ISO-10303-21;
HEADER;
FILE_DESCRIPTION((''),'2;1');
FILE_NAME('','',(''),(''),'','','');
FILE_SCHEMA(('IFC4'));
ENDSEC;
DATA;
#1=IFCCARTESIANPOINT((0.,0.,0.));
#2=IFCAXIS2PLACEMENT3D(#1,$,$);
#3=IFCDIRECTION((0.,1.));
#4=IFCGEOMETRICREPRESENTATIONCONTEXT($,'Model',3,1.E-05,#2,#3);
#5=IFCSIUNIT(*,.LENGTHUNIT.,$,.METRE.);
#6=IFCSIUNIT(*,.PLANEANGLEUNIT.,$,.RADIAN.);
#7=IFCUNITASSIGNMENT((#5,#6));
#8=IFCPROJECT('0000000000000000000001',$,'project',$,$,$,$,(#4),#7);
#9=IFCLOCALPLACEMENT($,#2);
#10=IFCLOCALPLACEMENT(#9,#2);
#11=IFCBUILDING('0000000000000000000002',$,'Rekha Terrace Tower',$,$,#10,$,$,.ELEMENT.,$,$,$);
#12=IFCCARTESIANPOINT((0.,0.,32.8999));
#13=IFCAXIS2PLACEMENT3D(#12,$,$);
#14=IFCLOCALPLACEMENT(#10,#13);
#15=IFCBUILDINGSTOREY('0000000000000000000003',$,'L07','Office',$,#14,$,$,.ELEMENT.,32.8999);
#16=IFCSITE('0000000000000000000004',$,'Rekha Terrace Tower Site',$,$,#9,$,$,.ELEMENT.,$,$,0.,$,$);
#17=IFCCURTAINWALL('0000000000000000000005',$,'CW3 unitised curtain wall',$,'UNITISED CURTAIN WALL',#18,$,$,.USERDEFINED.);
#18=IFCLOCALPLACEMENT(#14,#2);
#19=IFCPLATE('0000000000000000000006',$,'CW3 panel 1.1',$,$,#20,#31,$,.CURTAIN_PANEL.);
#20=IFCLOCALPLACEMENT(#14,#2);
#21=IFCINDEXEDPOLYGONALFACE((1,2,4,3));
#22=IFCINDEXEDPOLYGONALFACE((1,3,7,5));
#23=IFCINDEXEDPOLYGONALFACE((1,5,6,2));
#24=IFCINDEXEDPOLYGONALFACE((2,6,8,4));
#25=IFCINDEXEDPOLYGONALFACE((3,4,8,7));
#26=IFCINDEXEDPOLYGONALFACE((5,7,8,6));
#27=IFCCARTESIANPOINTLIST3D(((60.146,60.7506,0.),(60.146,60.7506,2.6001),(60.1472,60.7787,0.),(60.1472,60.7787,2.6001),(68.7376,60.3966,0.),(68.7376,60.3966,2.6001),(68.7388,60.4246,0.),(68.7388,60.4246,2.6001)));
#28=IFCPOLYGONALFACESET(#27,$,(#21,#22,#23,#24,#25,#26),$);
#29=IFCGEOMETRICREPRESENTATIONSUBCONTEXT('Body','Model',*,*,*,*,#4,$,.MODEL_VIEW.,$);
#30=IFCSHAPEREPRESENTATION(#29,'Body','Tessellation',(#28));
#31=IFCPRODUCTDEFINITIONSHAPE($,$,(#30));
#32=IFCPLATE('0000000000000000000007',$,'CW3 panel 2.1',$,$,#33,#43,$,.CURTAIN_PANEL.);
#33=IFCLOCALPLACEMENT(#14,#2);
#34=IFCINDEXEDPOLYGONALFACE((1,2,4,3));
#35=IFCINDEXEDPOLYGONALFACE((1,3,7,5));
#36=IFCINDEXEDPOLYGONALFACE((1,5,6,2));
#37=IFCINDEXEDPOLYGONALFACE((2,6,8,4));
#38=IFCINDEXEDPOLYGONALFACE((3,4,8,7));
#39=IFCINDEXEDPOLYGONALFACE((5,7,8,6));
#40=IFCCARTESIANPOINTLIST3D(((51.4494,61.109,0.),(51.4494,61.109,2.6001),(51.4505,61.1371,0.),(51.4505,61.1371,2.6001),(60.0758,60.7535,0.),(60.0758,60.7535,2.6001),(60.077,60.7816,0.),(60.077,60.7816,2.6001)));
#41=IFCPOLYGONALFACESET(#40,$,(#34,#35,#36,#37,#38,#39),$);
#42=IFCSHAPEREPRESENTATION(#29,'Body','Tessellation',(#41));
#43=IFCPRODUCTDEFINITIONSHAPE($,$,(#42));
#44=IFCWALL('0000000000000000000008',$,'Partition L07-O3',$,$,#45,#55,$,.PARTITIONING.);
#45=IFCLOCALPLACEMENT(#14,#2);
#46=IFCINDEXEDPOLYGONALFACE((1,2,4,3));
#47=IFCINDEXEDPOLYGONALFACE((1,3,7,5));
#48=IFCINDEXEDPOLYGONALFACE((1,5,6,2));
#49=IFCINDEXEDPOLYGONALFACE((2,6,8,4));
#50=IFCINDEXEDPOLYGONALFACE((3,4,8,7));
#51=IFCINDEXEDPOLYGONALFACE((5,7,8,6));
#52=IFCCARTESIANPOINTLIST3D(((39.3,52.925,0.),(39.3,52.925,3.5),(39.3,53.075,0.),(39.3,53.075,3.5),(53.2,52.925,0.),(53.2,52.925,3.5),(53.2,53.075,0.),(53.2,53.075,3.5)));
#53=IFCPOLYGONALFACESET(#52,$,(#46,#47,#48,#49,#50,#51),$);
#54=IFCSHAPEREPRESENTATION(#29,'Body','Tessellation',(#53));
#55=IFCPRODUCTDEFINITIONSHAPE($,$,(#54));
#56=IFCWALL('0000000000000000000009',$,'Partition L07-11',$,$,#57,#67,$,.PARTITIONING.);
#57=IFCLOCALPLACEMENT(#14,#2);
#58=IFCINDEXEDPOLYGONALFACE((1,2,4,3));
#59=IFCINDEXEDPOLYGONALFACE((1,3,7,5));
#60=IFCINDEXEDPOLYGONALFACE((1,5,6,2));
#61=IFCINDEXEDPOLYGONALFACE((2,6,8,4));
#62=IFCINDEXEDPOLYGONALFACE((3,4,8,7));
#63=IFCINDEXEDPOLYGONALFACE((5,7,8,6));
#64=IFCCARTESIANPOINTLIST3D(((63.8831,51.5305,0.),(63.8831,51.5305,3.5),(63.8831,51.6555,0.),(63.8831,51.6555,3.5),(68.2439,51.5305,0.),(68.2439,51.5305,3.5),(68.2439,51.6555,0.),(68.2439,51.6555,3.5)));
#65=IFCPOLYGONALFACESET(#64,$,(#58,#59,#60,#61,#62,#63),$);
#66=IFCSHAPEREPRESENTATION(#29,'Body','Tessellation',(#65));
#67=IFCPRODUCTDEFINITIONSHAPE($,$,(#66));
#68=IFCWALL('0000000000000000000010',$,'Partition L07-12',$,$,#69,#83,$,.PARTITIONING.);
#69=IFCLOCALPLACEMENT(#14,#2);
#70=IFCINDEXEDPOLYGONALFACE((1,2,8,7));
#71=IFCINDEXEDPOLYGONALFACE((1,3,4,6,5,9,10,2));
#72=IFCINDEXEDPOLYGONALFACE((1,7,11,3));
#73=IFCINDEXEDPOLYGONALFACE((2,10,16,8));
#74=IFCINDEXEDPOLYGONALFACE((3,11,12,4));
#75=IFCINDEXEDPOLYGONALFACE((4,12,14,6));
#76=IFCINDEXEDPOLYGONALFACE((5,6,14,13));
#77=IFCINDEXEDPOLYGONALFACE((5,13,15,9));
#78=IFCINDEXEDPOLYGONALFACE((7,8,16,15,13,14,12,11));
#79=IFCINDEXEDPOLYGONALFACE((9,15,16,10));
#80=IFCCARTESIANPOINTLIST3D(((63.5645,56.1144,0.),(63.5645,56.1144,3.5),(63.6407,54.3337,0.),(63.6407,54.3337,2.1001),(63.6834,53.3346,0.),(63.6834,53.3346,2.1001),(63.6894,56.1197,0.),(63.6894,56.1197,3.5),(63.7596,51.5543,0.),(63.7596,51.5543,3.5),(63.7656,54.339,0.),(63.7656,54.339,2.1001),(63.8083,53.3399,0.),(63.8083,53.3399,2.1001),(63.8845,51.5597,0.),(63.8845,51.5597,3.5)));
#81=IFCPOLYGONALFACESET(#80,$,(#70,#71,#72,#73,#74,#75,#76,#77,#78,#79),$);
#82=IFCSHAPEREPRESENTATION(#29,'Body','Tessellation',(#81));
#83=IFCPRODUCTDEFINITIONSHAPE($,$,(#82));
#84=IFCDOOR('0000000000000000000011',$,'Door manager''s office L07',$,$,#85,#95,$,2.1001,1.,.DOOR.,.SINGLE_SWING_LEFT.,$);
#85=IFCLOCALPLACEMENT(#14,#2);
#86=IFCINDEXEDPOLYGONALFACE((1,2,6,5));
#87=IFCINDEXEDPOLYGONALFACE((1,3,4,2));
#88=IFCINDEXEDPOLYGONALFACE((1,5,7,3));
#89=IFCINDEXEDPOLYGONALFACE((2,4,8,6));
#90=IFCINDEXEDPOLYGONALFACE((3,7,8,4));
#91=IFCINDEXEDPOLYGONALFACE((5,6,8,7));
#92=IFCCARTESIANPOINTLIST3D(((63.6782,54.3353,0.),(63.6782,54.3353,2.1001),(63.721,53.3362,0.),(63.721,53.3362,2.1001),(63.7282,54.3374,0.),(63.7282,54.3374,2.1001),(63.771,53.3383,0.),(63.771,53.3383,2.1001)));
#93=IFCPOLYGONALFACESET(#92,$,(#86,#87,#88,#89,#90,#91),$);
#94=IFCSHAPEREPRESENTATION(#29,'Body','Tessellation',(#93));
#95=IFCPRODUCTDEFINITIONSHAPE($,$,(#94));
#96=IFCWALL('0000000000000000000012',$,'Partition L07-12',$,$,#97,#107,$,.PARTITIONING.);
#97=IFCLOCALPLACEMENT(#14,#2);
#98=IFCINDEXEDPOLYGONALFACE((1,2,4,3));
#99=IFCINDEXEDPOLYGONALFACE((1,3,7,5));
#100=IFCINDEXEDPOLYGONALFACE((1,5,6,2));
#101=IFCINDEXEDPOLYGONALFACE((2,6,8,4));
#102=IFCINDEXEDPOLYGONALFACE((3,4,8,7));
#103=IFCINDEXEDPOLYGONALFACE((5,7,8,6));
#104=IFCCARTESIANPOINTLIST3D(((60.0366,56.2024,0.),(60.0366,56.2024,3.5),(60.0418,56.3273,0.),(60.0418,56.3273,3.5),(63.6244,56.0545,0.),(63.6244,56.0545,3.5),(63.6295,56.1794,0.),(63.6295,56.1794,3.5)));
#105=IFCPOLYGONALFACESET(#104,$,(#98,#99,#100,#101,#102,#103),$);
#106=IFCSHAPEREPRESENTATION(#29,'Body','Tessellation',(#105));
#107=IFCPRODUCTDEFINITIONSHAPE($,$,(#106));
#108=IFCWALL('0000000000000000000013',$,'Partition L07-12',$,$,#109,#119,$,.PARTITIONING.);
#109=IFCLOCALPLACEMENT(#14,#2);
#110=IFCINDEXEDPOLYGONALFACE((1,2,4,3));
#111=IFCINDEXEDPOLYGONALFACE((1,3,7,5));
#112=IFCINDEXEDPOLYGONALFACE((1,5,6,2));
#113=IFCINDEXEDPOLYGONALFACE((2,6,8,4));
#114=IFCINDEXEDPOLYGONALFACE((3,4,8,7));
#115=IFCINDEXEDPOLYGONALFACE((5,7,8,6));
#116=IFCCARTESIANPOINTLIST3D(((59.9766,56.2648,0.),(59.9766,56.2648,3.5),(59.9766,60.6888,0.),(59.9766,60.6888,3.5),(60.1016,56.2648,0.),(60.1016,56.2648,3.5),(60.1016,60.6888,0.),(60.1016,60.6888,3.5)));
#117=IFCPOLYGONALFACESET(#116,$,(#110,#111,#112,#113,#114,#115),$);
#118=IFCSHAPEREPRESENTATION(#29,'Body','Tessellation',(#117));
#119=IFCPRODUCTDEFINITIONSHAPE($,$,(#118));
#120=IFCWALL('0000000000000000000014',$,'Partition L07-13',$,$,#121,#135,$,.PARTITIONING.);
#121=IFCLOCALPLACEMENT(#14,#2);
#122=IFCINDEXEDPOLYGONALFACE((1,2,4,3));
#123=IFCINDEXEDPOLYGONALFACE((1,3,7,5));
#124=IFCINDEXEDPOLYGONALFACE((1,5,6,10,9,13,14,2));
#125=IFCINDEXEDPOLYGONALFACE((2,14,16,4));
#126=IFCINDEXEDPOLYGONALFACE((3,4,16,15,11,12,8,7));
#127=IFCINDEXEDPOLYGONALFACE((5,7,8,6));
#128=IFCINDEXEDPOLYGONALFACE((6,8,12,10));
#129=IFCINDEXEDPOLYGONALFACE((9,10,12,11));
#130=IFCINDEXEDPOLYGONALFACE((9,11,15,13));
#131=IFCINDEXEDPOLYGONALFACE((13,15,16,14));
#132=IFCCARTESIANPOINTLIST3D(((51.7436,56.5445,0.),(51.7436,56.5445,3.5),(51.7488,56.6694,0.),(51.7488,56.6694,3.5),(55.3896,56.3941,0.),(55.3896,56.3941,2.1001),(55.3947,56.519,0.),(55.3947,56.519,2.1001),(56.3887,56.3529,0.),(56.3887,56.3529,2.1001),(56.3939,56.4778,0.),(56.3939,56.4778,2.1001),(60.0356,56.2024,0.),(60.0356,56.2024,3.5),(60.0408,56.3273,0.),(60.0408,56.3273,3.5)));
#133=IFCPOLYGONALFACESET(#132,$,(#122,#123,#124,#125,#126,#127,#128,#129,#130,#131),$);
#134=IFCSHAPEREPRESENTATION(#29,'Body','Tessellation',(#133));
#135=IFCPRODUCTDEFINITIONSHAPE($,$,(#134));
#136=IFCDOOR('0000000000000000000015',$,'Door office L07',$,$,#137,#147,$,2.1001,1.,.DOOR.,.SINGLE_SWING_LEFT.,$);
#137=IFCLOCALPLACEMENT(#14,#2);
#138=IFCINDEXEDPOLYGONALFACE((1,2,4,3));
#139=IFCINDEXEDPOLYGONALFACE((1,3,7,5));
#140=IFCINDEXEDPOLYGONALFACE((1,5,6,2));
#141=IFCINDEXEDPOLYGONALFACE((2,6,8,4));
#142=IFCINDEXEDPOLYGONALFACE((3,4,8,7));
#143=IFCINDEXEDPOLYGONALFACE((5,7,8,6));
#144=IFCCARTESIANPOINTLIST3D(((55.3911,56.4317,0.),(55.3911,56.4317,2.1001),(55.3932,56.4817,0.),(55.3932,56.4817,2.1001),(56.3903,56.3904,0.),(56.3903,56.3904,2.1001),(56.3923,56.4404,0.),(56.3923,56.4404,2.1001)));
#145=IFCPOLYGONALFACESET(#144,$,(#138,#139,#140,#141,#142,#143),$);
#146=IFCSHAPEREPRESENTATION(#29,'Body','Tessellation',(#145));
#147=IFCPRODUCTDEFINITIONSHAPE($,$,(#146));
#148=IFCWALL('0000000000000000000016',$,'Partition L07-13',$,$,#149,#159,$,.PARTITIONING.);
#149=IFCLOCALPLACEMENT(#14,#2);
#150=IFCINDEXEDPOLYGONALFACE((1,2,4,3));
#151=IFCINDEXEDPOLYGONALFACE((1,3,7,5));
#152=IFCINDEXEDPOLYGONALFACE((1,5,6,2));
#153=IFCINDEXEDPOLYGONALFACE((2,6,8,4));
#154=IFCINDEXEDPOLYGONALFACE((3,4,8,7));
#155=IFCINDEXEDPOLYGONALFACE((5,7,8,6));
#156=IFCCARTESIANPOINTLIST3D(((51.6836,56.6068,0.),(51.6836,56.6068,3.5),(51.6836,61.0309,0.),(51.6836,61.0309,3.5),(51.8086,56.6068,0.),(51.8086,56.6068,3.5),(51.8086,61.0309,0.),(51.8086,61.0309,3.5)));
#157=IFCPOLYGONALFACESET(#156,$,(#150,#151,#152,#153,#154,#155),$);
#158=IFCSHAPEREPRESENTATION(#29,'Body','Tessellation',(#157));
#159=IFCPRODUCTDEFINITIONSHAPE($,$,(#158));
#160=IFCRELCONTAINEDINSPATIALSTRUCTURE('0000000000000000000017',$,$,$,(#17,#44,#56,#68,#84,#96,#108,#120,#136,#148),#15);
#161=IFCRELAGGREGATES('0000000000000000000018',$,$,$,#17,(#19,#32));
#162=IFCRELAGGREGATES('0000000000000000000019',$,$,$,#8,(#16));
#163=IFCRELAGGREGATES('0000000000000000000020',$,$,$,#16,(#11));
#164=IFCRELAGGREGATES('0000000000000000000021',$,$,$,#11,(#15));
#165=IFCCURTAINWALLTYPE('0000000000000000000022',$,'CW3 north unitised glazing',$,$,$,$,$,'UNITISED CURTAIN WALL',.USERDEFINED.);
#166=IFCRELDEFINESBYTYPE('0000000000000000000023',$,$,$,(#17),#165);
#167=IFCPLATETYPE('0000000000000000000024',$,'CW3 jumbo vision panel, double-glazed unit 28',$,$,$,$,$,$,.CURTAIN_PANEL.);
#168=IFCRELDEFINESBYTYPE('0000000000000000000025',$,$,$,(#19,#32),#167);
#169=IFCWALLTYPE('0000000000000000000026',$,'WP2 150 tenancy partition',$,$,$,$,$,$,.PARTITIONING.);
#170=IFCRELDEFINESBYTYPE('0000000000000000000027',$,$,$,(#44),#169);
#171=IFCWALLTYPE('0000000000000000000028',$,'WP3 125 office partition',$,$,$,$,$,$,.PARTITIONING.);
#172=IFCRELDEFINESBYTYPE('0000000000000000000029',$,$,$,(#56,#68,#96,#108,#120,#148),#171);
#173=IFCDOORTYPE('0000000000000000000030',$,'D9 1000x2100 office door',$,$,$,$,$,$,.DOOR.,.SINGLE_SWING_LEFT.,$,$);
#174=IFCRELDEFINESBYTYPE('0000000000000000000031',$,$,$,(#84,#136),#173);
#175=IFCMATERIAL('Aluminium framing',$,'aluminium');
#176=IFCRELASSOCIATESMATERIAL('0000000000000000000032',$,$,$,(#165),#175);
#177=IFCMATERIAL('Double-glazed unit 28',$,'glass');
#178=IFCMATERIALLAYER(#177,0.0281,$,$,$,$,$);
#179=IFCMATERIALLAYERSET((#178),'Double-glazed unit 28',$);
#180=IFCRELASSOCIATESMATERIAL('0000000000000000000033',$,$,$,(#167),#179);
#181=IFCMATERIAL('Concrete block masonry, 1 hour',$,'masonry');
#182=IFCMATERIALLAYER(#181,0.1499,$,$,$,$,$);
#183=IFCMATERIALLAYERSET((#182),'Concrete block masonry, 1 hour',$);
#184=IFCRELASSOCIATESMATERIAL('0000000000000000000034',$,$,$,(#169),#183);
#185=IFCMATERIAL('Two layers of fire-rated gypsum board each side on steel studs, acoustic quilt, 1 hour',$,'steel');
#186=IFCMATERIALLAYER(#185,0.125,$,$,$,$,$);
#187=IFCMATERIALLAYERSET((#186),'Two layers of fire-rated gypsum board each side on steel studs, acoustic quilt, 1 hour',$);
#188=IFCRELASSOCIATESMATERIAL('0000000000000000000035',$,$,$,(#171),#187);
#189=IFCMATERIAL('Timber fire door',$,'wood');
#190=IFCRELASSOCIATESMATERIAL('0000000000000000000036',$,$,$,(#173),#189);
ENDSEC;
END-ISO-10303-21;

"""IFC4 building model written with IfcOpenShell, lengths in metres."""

from ifc_helpers import new_model, si_unit, direction, frame, frame_2d, origin, origin_2d, place, context, subcontext, project, spatial, rectangle, extrude, material, layer, layer_set, type_object, element, fill, aggregate, save


model = new_model("IFC4")

# Units and contexts
model_context = context("Model", 3, precision=1e-05, world=origin(), true_north=direction((0.0, 1.0)))
body_context = subcontext(model_context, "Body", "Model", "MODEL_VIEW")
ifc_project = project(units=[si_unit("LENGTHUNIT", "METRE"), si_unit("PLANEANGLEUNIT", "RADIAN")], contexts=[model_context])

# Site, building, storey
site_placement = place(None, origin())
site = spatial("IfcSite", under=ifc_project, at=site_placement, Name="Rekha Terrace Tower Site", CompositionType="ELEMENT", RefElevation=0.0)
building_placement = place(site_placement, origin())
building = spatial("IfcBuilding", under=site, at=building_placement, Name="Rekha Terrace Tower", CompositionType="ELEMENT")
storey_placement = place(building_placement, frame((0.0, 0.0, 32.8999)))
storey = spatial("IfcBuildingStorey", under=building, at=storey_placement, Name="L07", Description="Office", CompositionType="ELEMENT", Elevation=32.8999)

# Shared definitions
ifc_material_1 = material(Name="Aluminium framing", Category="aluminium")

# Curtain wall
curtain_wall_type_1 = type_object("IfcCurtainWallType", Name="CW3 north unitised glazing", ElementType="UNITISED CURTAIN WALL", PredefinedType="USERDEFINED", material=ifc_material_1)
curtain_wall_1_placement = place(storey_placement, origin())
curtain_wall_1 = element("IfcCurtainWall", 1, at=curtain_wall_1_placement, inside=storey, type_object=curtain_wall_type_1, Name="CW3 unitised curtain wall", ObjectType="UNITISED CURTAIN WALL", PredefinedType="USERDEFINED")

# Plates
ifc_material_2 = material(Name="Double-glazed unit 28", Category="glass")
ifc_layer_1 = layer(ifc_material_2, 0.0281)
ifc_layer_set_1 = layer_set([ifc_layer_1], Name="Double-glazed unit 28")
plate_type_1 = type_object("IfcPlateType", Name="CW3 jumbo vision panel, double-glazed unit 28", PredefinedType="CURTAIN_PANEL", material=ifc_layer_set_1)
plate_1_placement = place(storey_placement, frame((64.4424, 60.5876, 0.0), z_axis=(0.0, 0.0, 1.0), x_axis=(-0.999152, 0.041174, 0.0)))
plate_1 = element("IfcPlate", 2, at=plate_1_placement, type_object=plate_type_1, Name="CW3 panel 1.1", PredefinedType="CURTAIN_PANEL", context=body_context, shape_type="SweptSolid", body=[
    extrude(rectangle(XDim=8.5989, YDim=0.0281, at=origin_2d()), origin(), (0.0, 0.0, 1.0), 2.6001),
])
plate_2_placement = place(storey_placement, frame((55.7632, 60.9453, 0.0), z_axis=(0.0, 0.0, 1.0), x_axis=(-0.999152, 0.041174, 0.0)))
plate_2 = element("IfcPlate", 3, at=plate_2_placement, type_object=plate_type_1, Name="CW3 panel 2.1", PredefinedType="CURTAIN_PANEL", context=body_context, shape_type="SweptSolid", body=[
    extrude(rectangle(XDim=8.6338, YDim=0.0281, at=origin_2d()), origin(), (0.0, 0.0, 1.0), 2.6001),
])
aggregate(curtain_wall_1, [plate_1, plate_2])

# Walls
ifc_material_3 = material(Name="Concrete block masonry, 1 hour", Category="masonry")
ifc_layer_2 = layer(ifc_material_3, 0.1499)
ifc_layer_set_2 = layer_set([ifc_layer_2], Name="Concrete block masonry, 1 hour")
wall_type_1 = type_object("IfcWallType", Name="WP2 150 tenancy partition", PredefinedType="PARTITIONING", material=ifc_layer_set_2)
wall_1_placement = place(storey_placement, frame((53.2, 53.0, 0.0), z_axis=(0.0, 0.0, 1.0), x_axis=(-1.0, 0.0, 0.0)))
element("IfcWall", 4, at=wall_1_placement, inside=storey, type_object=wall_type_1, Name="Partition L07-O3", PredefinedType="PARTITIONING", context=body_context, shape_type="SweptSolid", body=[
    extrude(rectangle(XDim=13.8999, YDim=0.1499, at=frame_2d((6.95, 0.0))), origin(), (0.0, 0.0, 1.0), 3.5),
])
ifc_material_4 = material(Name="Two layers of fire-rated gypsum board each side on steel studs, acoustic quilt, 1 hour", Category="steel")
ifc_layer_3 = layer(ifc_material_4, 0.125)
ifc_layer_set_3 = layer_set([ifc_layer_3], Name="Two layers of fire-rated gypsum board each side on steel studs, acoustic quilt, 1 hour")
wall_type_2 = type_object("IfcWallType", Name="WP3 125 office partition", PredefinedType="PARTITIONING", material=ifc_layer_set_3)
wall_2_placement = place(storey_placement, frame((63.8831, 51.593, 0.0), z_axis=(0.0, 0.0, 1.0), x_axis=(1.0, 0.0, 0.0)))
element("IfcWall", 5, at=wall_2_placement, inside=storey, type_object=wall_type_2, Name="Partition L07-11", PredefinedType="PARTITIONING", context=body_context, shape_type="SweptSolid", body=[
    extrude(rectangle(XDim=4.3608, YDim=0.125, at=frame_2d((2.1804, 0.0))), origin(), (0.0, 0.0, 1.0), 3.5),
])

# Wall, opening, door
wall_3_placement = place(storey_placement, frame((63.822, 51.5569, 0.0), z_axis=(0.0, 0.0, 1.0), x_axis=(-0.042739, 0.999086, 0.0)))
wall_3 = element("IfcWall", 6, at=wall_3_placement, inside=storey, type_object=wall_type_2, Name="Partition L07-12", PredefinedType="PARTITIONING", context=body_context, shape_type="SweptSolid", body=[
    extrude(rectangle(XDim=4.5642, YDim=0.125, at=frame_2d((2.2822, 0.0))), origin(), (0.0, 0.0, 1.0), 3.5),
])
opening_1_placement = place(wall_3_placement, frame((1.782, 0.0, 0.0)))
opening_1 = element("IfcOpeningElement", 7, at=opening_1_placement, cuts=wall_3, PredefinedType="OPENING", context=body_context, shape_type="SweptSolid", body=[
    extrude(rectangle(XDim=1.0, YDim=2.1001, at=frame_2d((0.5, 1.05))), frame((0.0, 0.0725, 0.0), z_axis=(0.0, -1.0, 0.0), x_axis=(1.0, 0.0, 0.0)), (0.0, 0.0, 1.0), 0.145),
])
ifc_material_5 = material(Name="Timber fire door", Category="wood")
door_type = type_object("IfcDoorType", Name="D9 1000x2100 office door", OperationType="SINGLE_SWING_LEFT", PredefinedType="DOOR", material=ifc_material_5)
door_1_placement = place(opening_1_placement, origin())
door_1 = element("IfcDoor", 8, at=door_1_placement, inside=storey, type_object=door_type, Name="Door manager's office L07", OperationType="SINGLE_SWING_LEFT", OverallHeight=2.1001, OverallWidth=1.0, PredefinedType="DOOR", context=body_context, shape_type="SweptSolid", body=[
    extrude(rectangle(XDim=1.0, YDim=2.1001, at=frame_2d((0.5, 1.05))), frame((0.0, 0.0249, 0.0), z_axis=(0.0, -1.0, 0.0), x_axis=(1.0, 0.0, 0.0)), (0.0, 0.0, 1.0), 0.05),
])
fill(opening_1, door_1)

# Walls
wall_4_placement = place(storey_placement, frame((63.627, 56.1169, 0.0), z_axis=(0.0, 0.0, 1.0), x_axis=(-0.999151, 0.041201, 0.0)))
element("IfcWall", 9, at=wall_4_placement, inside=storey, type_object=wall_type_2, Name="Partition L07-12", PredefinedType="PARTITIONING", context=body_context, shape_type="SweptSolid", body=[
    extrude(rectangle(XDim=3.5908, YDim=0.125, at=frame_2d((1.7954, 0.0))), origin(), (0.0, 0.0, 1.0), 3.5),
])
wall_5_placement = place(storey_placement, frame((60.0391, 56.2649, 0.0), z_axis=(0.0, 0.0, 1.0), x_axis=(0.0, 1.0, 0.0)))
element("IfcWall", 10, at=wall_5_placement, inside=storey, type_object=wall_type_2, Name="Partition L07-12", PredefinedType="PARTITIONING", context=body_context, shape_type="SweptSolid", body=[
    extrude(rectangle(XDim=4.4241, YDim=0.125, at=frame_2d((2.2119, 0.0))), origin(), (0.0, 0.0, 1.0), 3.5),
])

# Wall, opening, door
wall_6_placement = place(storey_placement, frame((60.0381, 56.2649, 0.0), z_axis=(0.0, 0.0, 1.0), x_axis=(-0.99915, 0.041215, 0.0)))
wall_6 = element("IfcWall", 11, at=wall_6_placement, inside=storey, type_object=wall_type_2, Name="Partition L07-13", PredefinedType="PARTITIONING", context=body_context, shape_type="SweptSolid", body=[
    extrude(rectangle(XDim=8.2991, YDim=0.125, at=frame_2d((4.1494, 0.0))), origin(), (0.0, 0.0, 1.0), 3.5),
])
opening_2_placement = place(wall_6_placement, frame((3.6499, 0.0, 0.0)))
opening_2 = element("IfcOpeningElement", 12, at=opening_2_placement, cuts=wall_6, PredefinedType="OPENING", context=body_context, shape_type="SweptSolid", body=[
    extrude(rectangle(XDim=1.0, YDim=2.1001, at=frame_2d((0.5, 1.05))), frame((0.0, 0.0725, 0.0), z_axis=(0.0, -1.0, 0.0), x_axis=(1.0, 0.0, 0.0)), (0.0, 0.0, 1.0), 0.145),
])
door_2_placement = place(opening_2_placement, origin())
door_2 = element("IfcDoor", 13, at=door_2_placement, inside=storey, type_object=door_type, Name="Door office L07", OperationType="SINGLE_SWING_LEFT", OverallHeight=2.1001, OverallWidth=1.0, PredefinedType="DOOR", context=body_context, shape_type="SweptSolid", body=[
    extrude(rectangle(XDim=1.0, YDim=2.1001, at=frame_2d((0.5, 1.05))), frame((0.0, 0.0249, 0.0), z_axis=(0.0, -1.0, 0.0), x_axis=(1.0, 0.0, 0.0)), (0.0, 0.0, 1.0), 0.05),
])
fill(opening_2, door_2)

# Wall
wall_7_placement = place(storey_placement, frame((51.7461, 56.6069, 0.0), z_axis=(0.0, 0.0, 1.0), x_axis=(0.0, 1.0, 0.0)))
element("IfcWall", 14, at=wall_7_placement, inside=storey, type_object=wall_type_2, Name="Partition L07-13", PredefinedType="PARTITIONING", context=body_context, shape_type="SweptSolid", body=[
    extrude(rectangle(XDim=4.4241, YDim=0.125, at=frame_2d((2.2119, 0.0))), origin(), (0.0, 0.0, 1.0), 3.5),
])

save(model, "model.ifc")
